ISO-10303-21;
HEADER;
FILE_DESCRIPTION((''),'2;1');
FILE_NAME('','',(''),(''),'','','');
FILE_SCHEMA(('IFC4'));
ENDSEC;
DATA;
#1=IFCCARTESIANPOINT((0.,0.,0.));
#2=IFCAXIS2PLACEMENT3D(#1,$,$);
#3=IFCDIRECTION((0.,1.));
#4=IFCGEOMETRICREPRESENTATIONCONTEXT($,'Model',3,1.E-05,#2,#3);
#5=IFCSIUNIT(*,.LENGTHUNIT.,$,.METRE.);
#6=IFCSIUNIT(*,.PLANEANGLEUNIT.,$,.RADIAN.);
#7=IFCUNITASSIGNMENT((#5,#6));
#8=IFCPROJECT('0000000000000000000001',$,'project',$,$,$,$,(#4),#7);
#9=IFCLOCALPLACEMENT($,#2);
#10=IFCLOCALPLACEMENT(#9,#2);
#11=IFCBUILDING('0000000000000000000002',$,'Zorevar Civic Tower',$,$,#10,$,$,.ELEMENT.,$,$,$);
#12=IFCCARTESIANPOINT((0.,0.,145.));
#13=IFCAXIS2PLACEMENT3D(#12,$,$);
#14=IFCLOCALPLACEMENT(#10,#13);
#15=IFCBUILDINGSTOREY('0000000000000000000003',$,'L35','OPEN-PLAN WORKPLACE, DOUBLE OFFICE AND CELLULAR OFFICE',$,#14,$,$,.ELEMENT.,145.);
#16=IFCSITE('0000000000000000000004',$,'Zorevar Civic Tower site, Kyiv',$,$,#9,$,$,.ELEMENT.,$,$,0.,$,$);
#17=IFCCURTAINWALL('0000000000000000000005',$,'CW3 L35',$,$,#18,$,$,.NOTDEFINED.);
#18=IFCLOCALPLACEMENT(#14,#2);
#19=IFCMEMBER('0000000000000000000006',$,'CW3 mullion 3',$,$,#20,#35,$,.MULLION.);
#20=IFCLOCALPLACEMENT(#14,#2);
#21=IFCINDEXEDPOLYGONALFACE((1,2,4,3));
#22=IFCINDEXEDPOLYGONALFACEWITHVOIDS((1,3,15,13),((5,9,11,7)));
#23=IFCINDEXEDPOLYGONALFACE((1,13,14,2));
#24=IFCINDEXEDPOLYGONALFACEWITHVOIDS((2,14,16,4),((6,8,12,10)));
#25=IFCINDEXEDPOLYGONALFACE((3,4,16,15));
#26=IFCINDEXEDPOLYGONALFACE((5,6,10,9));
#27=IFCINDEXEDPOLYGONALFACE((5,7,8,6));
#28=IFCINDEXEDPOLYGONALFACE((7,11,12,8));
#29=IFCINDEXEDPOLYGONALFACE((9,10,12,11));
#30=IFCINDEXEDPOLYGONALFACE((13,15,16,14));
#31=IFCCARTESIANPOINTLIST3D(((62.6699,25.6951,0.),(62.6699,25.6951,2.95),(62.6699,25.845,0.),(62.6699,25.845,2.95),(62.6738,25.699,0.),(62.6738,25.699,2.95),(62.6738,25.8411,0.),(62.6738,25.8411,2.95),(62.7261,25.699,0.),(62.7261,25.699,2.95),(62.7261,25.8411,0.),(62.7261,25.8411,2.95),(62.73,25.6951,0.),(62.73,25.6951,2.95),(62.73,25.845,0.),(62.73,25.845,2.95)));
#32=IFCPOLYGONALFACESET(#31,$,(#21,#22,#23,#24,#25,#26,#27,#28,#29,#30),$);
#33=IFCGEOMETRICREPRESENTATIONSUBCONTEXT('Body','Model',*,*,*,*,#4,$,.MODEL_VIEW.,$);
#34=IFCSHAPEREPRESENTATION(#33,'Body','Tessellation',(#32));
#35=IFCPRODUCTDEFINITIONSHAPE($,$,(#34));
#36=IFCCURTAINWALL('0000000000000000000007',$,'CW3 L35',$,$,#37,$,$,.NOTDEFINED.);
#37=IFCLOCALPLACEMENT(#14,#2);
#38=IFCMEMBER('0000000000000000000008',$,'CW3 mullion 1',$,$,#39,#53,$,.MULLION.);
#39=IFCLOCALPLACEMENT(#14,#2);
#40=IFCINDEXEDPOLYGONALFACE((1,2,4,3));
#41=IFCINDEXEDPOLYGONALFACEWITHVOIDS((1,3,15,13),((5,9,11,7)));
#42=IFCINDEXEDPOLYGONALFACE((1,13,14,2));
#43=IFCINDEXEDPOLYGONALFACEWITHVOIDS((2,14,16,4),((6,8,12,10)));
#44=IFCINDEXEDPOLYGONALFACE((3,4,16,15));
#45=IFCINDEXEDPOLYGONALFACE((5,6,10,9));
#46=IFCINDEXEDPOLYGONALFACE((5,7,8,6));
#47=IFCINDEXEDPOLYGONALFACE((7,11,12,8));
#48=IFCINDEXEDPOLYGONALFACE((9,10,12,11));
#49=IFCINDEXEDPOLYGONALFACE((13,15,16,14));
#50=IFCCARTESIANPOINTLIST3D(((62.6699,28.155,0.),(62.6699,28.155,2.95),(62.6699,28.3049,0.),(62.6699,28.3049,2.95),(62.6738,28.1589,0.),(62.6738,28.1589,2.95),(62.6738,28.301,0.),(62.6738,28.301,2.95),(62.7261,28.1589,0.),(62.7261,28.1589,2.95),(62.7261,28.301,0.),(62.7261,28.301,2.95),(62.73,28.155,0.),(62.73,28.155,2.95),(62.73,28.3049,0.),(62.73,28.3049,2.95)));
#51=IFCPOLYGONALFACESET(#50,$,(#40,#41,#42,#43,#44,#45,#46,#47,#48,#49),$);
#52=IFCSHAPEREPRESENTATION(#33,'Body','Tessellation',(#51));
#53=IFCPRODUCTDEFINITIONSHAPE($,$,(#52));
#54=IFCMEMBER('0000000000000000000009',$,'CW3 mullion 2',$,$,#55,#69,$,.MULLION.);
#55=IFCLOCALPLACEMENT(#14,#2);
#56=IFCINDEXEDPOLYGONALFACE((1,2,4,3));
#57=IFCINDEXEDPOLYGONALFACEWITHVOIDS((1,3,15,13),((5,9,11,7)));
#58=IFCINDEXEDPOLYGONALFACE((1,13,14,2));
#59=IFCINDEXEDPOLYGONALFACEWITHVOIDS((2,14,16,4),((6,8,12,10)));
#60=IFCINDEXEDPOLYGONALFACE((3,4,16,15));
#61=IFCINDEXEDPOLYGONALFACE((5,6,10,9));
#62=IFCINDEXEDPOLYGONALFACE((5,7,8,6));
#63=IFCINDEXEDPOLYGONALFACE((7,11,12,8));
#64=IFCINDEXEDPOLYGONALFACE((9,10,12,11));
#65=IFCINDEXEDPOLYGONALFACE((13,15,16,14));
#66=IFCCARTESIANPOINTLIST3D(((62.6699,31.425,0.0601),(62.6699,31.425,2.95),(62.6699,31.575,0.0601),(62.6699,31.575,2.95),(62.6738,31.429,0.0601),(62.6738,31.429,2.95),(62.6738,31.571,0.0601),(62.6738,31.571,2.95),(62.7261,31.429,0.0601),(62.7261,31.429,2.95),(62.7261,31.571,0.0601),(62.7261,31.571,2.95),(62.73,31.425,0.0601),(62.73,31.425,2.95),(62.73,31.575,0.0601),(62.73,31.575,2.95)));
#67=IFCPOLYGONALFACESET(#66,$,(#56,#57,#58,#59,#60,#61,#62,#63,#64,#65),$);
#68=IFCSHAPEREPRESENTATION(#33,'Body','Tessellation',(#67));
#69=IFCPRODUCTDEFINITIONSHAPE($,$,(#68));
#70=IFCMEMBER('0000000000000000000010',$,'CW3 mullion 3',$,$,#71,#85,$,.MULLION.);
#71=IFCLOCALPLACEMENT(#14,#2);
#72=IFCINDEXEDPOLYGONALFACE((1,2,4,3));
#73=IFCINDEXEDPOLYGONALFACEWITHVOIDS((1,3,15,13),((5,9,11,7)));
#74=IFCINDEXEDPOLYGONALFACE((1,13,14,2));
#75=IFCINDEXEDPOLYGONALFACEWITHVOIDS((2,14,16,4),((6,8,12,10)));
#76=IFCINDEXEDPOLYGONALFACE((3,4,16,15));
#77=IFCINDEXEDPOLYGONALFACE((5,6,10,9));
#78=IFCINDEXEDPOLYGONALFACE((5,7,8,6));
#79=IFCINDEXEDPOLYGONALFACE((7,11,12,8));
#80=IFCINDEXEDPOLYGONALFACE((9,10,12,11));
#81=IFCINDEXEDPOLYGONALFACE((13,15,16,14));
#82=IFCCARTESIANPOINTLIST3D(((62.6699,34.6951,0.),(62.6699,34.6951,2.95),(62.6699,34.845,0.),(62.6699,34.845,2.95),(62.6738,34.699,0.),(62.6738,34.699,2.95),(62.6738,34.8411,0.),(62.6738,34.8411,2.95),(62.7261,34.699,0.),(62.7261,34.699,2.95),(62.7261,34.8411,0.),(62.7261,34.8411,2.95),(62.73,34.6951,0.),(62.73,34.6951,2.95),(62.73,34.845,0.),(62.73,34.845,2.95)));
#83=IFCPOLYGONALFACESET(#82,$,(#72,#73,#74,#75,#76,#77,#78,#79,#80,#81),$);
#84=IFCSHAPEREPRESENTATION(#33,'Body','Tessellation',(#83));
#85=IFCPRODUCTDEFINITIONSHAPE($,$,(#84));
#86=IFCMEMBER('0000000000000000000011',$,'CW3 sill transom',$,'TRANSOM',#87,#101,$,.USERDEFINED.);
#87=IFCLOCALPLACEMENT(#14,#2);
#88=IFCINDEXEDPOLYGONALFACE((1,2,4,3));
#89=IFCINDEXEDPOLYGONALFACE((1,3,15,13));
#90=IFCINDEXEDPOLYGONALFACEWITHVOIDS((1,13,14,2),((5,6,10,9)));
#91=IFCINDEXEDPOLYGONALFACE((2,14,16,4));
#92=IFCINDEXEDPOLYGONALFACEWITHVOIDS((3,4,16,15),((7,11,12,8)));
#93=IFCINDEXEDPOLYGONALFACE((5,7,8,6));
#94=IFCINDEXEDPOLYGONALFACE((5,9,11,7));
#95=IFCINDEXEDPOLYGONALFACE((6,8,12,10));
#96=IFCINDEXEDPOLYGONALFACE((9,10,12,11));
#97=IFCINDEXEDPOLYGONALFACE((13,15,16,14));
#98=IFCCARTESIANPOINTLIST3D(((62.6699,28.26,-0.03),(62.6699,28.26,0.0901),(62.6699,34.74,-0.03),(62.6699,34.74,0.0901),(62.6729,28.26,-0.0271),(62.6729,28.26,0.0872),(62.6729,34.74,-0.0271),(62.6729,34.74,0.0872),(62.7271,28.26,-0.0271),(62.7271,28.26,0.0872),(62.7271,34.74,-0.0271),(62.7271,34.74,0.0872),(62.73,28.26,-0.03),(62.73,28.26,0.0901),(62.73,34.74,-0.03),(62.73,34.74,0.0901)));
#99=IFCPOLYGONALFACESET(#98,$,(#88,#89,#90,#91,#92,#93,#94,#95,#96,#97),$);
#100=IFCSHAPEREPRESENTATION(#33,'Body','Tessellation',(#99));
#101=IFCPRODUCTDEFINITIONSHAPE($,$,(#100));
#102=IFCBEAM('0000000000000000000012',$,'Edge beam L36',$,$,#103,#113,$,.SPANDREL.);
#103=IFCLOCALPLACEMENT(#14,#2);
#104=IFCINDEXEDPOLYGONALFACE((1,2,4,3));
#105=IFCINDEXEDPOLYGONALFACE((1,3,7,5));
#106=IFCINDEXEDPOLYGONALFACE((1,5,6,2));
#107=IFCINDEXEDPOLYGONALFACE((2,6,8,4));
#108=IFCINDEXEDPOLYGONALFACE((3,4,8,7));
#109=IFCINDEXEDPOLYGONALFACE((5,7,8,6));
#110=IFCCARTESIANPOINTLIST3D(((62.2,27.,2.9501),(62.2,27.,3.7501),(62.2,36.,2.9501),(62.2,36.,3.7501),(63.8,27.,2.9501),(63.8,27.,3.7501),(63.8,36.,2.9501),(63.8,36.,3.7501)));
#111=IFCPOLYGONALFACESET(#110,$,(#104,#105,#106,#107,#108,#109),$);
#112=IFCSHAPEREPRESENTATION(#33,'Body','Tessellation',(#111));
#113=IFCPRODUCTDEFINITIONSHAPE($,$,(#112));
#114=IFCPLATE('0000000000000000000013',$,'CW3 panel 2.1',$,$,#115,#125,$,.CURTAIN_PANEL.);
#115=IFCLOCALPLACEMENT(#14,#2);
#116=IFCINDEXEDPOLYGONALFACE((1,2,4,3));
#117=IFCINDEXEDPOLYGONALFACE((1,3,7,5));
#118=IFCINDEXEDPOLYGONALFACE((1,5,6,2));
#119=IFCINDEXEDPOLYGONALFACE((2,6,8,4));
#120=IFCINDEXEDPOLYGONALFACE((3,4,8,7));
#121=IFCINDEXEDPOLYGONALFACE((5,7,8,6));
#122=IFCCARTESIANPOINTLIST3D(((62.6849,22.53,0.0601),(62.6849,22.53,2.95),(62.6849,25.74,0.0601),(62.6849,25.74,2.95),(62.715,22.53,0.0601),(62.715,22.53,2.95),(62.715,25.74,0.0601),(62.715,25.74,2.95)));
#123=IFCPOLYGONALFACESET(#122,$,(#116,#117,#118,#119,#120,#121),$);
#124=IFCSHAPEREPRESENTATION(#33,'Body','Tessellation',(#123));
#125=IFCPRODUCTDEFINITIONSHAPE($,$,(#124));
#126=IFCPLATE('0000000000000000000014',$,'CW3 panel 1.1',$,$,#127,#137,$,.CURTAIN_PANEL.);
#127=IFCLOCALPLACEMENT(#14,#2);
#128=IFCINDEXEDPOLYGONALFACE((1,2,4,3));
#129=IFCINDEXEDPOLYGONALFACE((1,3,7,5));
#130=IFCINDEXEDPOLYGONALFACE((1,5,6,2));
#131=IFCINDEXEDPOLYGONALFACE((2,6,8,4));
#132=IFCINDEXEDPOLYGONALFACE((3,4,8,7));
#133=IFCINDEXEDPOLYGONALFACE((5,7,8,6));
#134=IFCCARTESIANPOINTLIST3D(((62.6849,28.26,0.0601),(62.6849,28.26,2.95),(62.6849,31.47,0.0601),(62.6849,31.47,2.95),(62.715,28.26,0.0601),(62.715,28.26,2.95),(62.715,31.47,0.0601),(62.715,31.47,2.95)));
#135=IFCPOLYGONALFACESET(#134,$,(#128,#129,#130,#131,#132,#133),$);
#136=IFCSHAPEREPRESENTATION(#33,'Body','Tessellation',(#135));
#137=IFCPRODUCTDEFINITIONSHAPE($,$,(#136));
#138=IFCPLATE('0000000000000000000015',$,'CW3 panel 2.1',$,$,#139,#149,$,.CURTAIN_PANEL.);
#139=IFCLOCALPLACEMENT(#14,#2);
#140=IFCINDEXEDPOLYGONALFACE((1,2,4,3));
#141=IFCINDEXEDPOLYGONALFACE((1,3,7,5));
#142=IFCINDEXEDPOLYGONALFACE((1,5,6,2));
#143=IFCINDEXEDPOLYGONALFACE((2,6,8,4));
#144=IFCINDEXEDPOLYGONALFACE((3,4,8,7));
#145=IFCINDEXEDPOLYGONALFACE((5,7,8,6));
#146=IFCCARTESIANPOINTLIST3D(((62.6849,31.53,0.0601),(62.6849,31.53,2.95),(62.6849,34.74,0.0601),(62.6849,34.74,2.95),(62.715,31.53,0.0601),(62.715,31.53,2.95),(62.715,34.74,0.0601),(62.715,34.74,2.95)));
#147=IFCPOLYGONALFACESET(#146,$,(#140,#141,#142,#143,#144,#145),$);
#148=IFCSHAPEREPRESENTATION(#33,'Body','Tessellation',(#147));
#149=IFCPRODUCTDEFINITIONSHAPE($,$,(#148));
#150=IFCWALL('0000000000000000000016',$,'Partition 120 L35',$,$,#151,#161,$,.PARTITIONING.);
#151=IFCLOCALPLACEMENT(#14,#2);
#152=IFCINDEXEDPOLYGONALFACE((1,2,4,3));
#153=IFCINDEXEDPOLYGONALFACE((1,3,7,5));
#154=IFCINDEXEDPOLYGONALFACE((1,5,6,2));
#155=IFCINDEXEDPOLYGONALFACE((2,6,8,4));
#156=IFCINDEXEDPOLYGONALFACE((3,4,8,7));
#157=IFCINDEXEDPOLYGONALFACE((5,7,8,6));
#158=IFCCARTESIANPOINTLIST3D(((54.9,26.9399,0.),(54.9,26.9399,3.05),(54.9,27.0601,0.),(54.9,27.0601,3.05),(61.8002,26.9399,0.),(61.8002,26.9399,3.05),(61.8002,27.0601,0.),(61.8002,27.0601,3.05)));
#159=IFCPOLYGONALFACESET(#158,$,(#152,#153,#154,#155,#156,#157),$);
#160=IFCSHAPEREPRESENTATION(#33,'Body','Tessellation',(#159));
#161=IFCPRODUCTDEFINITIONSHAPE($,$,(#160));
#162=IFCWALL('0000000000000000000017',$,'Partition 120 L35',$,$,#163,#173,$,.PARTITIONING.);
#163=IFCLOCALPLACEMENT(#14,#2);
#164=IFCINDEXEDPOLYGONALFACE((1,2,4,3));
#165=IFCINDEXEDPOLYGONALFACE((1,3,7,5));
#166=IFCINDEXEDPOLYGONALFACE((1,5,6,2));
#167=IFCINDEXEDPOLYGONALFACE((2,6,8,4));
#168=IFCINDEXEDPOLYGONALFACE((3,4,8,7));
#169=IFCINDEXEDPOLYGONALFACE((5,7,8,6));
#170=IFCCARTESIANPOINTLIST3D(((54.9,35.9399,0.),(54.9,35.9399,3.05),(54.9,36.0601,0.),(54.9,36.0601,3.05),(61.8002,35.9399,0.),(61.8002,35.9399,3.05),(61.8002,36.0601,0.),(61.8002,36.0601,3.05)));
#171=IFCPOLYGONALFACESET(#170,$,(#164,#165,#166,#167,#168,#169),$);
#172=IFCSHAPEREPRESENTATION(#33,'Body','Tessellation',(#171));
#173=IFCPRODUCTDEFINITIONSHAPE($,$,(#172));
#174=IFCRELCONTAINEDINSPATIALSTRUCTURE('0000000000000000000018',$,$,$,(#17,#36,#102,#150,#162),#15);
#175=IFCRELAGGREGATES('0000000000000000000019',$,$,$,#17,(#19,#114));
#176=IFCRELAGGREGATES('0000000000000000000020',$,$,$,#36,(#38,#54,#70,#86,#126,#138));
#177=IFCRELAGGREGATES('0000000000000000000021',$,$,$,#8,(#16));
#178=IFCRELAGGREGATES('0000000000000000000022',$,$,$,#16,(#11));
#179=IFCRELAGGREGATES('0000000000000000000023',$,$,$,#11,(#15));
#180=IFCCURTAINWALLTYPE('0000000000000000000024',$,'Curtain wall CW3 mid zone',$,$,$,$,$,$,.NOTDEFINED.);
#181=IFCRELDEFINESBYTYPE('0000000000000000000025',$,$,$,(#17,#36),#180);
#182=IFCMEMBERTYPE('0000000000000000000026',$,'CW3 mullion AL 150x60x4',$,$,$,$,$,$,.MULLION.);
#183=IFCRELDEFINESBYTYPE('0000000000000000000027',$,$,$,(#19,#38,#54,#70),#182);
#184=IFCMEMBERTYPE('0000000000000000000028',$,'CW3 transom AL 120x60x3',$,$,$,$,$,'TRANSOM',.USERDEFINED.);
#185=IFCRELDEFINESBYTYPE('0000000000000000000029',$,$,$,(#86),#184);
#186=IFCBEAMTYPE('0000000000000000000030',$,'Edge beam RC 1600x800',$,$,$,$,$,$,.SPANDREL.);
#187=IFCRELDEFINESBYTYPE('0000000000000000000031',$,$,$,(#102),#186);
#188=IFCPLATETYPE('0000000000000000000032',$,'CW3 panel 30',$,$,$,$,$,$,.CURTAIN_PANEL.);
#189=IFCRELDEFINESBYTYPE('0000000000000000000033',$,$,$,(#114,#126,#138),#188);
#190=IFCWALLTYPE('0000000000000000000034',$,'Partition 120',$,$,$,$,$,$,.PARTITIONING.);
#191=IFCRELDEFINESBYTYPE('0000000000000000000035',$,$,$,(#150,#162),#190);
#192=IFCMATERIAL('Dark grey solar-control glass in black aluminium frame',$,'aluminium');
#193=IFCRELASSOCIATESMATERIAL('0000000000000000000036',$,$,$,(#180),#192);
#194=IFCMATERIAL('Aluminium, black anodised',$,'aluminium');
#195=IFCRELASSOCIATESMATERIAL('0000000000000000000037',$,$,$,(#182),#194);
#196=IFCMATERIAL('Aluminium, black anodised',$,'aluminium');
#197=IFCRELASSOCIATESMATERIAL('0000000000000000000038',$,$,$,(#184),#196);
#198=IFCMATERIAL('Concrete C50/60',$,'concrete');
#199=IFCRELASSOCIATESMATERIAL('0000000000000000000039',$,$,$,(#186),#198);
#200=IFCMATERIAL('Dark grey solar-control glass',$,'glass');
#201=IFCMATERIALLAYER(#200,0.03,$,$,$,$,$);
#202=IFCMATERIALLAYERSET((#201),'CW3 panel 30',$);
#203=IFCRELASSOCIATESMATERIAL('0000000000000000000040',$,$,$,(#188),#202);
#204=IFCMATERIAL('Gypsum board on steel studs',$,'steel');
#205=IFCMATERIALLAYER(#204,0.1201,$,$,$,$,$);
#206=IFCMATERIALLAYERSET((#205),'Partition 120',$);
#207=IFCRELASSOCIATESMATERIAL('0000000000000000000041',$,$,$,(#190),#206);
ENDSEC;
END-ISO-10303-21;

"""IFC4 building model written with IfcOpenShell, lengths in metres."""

from ifc_helpers import new_model, si_unit, direction, frame, frame_2d, origin, origin_2d, place, context, subcontext, project, spatial, rectangle, hollow_rectangle, extrude, material, layer, layer_set, material_profile, profile_set, type_object, element, aggregate, save


model = new_model("IFC4")

# Units and contexts
model_context = context("Model", 3, precision=1e-05, world=origin(), true_north=direction((0.0, 1.0)))
body_context = subcontext(model_context, "Body", "Model", "MODEL_VIEW")
ifc_project = project(units=[si_unit("LENGTHUNIT", "METRE"), si_unit("PLANEANGLEUNIT", "RADIAN")], contexts=[model_context])

# Site, building, storey
site_placement = place(None, origin())
site = spatial("IfcSite", under=ifc_project, at=site_placement, Name="Zorevar Civic Tower site, Kyiv", CompositionType="ELEMENT", RefElevation=0.0)
building_placement = place(site_placement, origin())
building = spatial("IfcBuilding", under=site, at=building_placement, Name="Zorevar Civic Tower", CompositionType="ELEMENT")
storey_placement = place(building_placement, frame((0.0, 0.0, 145.0)))
storey = spatial("IfcBuildingStorey", under=building, at=storey_placement, Name="L35", Description="OPEN-PLAN WORKPLACE, DOUBLE OFFICE AND CELLULAR OFFICE", CompositionType="ELEMENT", Elevation=145.0)

# Curtain walls, members
ifc_material_1 = material(Name="Dark grey solar-control glass in black aluminium frame", Category="aluminium")
curtain_wall_type = type_object("IfcCurtainWallType", Name="Curtain wall CW3 mid zone", PredefinedType="NOTDEFINED", material=ifc_material_1)
curtain_wall_1_placement = place(storey_placement, origin())
curtain_wall_1 = element("IfcCurtainWall", 1, at=curtain_wall_1_placement, inside=storey, type_object=curtain_wall_type, Name="CW3 L35", PredefinedType="NOTDEFINED")
ifc_material_2 = material(Name="Aluminium, black anodised", Category="aluminium")
ifc_material_profile_1 = material_profile(ifc_material_2, hollow_rectangle(XDim=0.0601, YDim=0.1499, WallThickness=0.0039, at=origin_2d()), Name="AL 150x60x4")
ifc_profile_set_1 = profile_set([ifc_material_profile_1], Name="Aluminium, black anodised")
member_type_1 = type_object("IfcMemberType", Name="CW3 mullion AL 150x60x4", PredefinedType="MULLION", material=ifc_profile_set_1)
member_1_placement = place(storey_placement, frame((62.7, 25.77, 0.0), z_axis=(0.0, 0.0, 1.0), x_axis=(-1.0, 0.0, 0.0)))
member_1 = element("IfcMember", 2, at=member_1_placement, type_object=member_type_1, Name="CW3 mullion 3", PredefinedType="MULLION", context=body_context, shape_type="SweptSolid", body=[
    extrude(hollow_rectangle(XDim=0.0601, YDim=0.1499, WallThickness=0.0039, at=origin_2d()), origin(), (0.0, 0.0, 1.0), 2.95),
])
curtain_wall_2_placement = place(storey_placement, origin())
curtain_wall_2 = element("IfcCurtainWall", 3, at=curtain_wall_2_placement, inside=storey, type_object=curtain_wall_type, Name="CW3 L35", PredefinedType="NOTDEFINED")
member_2_placement = place(storey_placement, frame((62.7, 28.23, 0.0), z_axis=(0.0, 0.0, 1.0), x_axis=(-1.0, 0.0, 0.0)))
member_2 = element("IfcMember", 4, at=member_2_placement, type_object=member_type_1, Name="CW3 mullion 1", PredefinedType="MULLION", context=body_context, shape_type="SweptSolid", body=[
    extrude(hollow_rectangle(XDim=0.0601, YDim=0.1499, WallThickness=0.0039, at=origin_2d()), origin(), (0.0, 0.0, 1.0), 2.95),
])
member_3_placement = place(storey_placement, frame((62.7, 31.5, 0.0601), z_axis=(0.0, 0.0, 1.0), x_axis=(-1.0, 0.0, 0.0)))
member_3 = element("IfcMember", 5, at=member_3_placement, type_object=member_type_1, Name="CW3 mullion 2", PredefinedType="MULLION", context=body_context, shape_type="SweptSolid", body=[
    extrude(hollow_rectangle(XDim=0.0601, YDim=0.1499, WallThickness=0.0039, at=origin_2d()), origin(), (0.0, 0.0, 1.0), 2.8899),
])
member_4_placement = place(storey_placement, frame((62.7, 34.77, 0.0), z_axis=(0.0, 0.0, 1.0), x_axis=(-1.0, 0.0, 0.0)))
member_4 = element("IfcMember", 6, at=member_4_placement, type_object=member_type_1, Name="CW3 mullion 3", PredefinedType="MULLION", context=body_context, shape_type="SweptSolid", body=[
    extrude(hollow_rectangle(XDim=0.0601, YDim=0.1499, WallThickness=0.0039, at=origin_2d()), origin(), (0.0, 0.0, 1.0), 2.95),
])
ifc_material_3 = material(Name="Aluminium, black anodised", Category="aluminium")
ifc_material_profile_2 = material_profile(ifc_material_3, hollow_rectangle(XDim=0.0601, YDim=0.1201, WallThickness=0.0029, at=origin_2d()), Name="AL 120x60x3")
ifc_profile_set_2 = profile_set([ifc_material_profile_2], Name="Aluminium, black anodised")
member_type_2 = type_object("IfcMemberType", Name="CW3 transom AL 120x60x3", ElementType="TRANSOM", PredefinedType="USERDEFINED", material=ifc_profile_set_2)
member_5_placement = place(storey_placement, frame((62.7, 28.26, 0.03), z_axis=(0.0, 1.0, 0.0), x_axis=(-1.0, 0.0, 0.0)))
member_5 = element("IfcMember", 7, at=member_5_placement, type_object=member_type_2, Name="CW3 sill transom", ObjectType="TRANSOM", PredefinedType="USERDEFINED", context=body_context, shape_type="SweptSolid", body=[
    extrude(hollow_rectangle(XDim=0.0601, YDim=0.1201, WallThickness=0.0029, at=origin_2d()), origin(), (0.0, 0.0, 1.0), 6.48),
])

# Beam
ifc_material_4 = material(Name="Concrete C50/60", Category="concrete")
ifc_material_profile_3 = material_profile(ifc_material_4, rectangle(XDim=1.6001, YDim=0.8, at=origin_2d()), Name="RC 1600x800")
ifc_profile_set_3 = profile_set([ifc_material_profile_3], Name="Concrete C50/60")
beam_type_1 = type_object("IfcBeamType", Name="Edge beam RC 1600x800", PredefinedType="SPANDREL", material=ifc_profile_set_3)
beam_1_placement = place(storey_placement, frame((63.0, 27.0, 3.3501), z_axis=(0.0, 1.0, 0.0), x_axis=(-1.0, 0.0, 0.0)))
element("IfcBeam", 8, at=beam_1_placement, inside=storey, type_object=beam_type_1, Name="Edge beam L36", PredefinedType="SPANDREL", context=body_context, shape_type="SweptSolid", body=[
    extrude(rectangle(XDim=1.6001, YDim=0.8, at=origin_2d()), origin(), (0.0, 0.0, 1.0), 9.0),
])

# Plates
ifc_material_5 = material(Name="Dark grey solar-control glass", Category="glass")
ifc_layer_1 = layer(ifc_material_5, 0.03)
ifc_layer_set_1 = layer_set([ifc_layer_1], Name="CW3 panel 30")
plate_type = type_object("IfcPlateType", Name="CW3 panel 30", PredefinedType="CURTAIN_PANEL", material=ifc_layer_set_1)
plate_1_placement = place(storey_placement, frame((62.7, 24.135, 0.0601), z_axis=(0.0, 0.0, 1.0), x_axis=(0.0, 1.0, 0.0)))
plate_1 = element("IfcPlate", 9, at=plate_1_placement, type_object=plate_type, Name="CW3 panel 2.1", PredefinedType="CURTAIN_PANEL", context=body_context, shape_type="SweptSolid", body=[
    extrude(rectangle(XDim=3.21, YDim=0.03, at=origin_2d()), origin(), (0.0, 0.0, 1.0), 2.8899),
])
aggregate(curtain_wall_1, [member_1, plate_1])
plate_2_placement = place(storey_placement, frame((62.7, 29.865, 0.0601), z_axis=(0.0, 0.0, 1.0), x_axis=(0.0, 1.0, 0.0)))
plate_2 = element("IfcPlate", 10, at=plate_2_placement, type_object=plate_type, Name="CW3 panel 1.1", PredefinedType="CURTAIN_PANEL", context=body_context, shape_type="SweptSolid", body=[
    extrude(rectangle(XDim=3.21, YDim=0.03, at=origin_2d()), origin(), (0.0, 0.0, 1.0), 2.8899),
])
plate_3_placement = place(storey_placement, frame((62.7, 33.135, 0.0601), z_axis=(0.0, 0.0, 1.0), x_axis=(0.0, 1.0, 0.0)))
plate_3 = element("IfcPlate", 11, at=plate_3_placement, type_object=plate_type, Name="CW3 panel 2.1", PredefinedType="CURTAIN_PANEL", context=body_context, shape_type="SweptSolid", body=[
    extrude(rectangle(XDim=3.21, YDim=0.03, at=origin_2d()), origin(), (0.0, 0.0, 1.0), 2.8899),
])
aggregate(curtain_wall_2, [member_2, member_3, member_4, member_5, plate_2, plate_3])

# Walls
ifc_material_6 = material(Name="Gypsum board on steel studs", Category="steel")
ifc_layer_2 = layer(ifc_material_6, 0.1201)
ifc_layer_set_2 = layer_set([ifc_layer_2], Name="Partition 120")
wall_type_1 = type_object("IfcWallType", Name="Partition 120", PredefinedType="PARTITIONING", material=ifc_layer_set_2)
for number, where, z_axis, x_axis, name in (
    (12, (54.8999, 27.0, 0.0), (0.0, 0.0, 1.0), (1.0, 0.0, 0.0), "Partition 120 L35"),
    (13, (54.8999, 36.0, 0.0), (0.0, 0.0, 1.0), (1.0, 0.0, 0.0), "Partition 120 L35"),
):
    element("IfcWall", number, at=place(storey_placement, frame(where, z_axis=z_axis, x_axis=x_axis)), inside=storey, type_object=wall_type_1, Name=name, PredefinedType="PARTITIONING", context=body_context, shape_type="SweptSolid", body=[
        extrude(rectangle(XDim=6.9001, YDim=0.1201, at=frame_2d((3.4502, 0.0))), origin(), (0.0, 0.0, 1.0), 3.05),
    ])

save(model, "model.ifc")
